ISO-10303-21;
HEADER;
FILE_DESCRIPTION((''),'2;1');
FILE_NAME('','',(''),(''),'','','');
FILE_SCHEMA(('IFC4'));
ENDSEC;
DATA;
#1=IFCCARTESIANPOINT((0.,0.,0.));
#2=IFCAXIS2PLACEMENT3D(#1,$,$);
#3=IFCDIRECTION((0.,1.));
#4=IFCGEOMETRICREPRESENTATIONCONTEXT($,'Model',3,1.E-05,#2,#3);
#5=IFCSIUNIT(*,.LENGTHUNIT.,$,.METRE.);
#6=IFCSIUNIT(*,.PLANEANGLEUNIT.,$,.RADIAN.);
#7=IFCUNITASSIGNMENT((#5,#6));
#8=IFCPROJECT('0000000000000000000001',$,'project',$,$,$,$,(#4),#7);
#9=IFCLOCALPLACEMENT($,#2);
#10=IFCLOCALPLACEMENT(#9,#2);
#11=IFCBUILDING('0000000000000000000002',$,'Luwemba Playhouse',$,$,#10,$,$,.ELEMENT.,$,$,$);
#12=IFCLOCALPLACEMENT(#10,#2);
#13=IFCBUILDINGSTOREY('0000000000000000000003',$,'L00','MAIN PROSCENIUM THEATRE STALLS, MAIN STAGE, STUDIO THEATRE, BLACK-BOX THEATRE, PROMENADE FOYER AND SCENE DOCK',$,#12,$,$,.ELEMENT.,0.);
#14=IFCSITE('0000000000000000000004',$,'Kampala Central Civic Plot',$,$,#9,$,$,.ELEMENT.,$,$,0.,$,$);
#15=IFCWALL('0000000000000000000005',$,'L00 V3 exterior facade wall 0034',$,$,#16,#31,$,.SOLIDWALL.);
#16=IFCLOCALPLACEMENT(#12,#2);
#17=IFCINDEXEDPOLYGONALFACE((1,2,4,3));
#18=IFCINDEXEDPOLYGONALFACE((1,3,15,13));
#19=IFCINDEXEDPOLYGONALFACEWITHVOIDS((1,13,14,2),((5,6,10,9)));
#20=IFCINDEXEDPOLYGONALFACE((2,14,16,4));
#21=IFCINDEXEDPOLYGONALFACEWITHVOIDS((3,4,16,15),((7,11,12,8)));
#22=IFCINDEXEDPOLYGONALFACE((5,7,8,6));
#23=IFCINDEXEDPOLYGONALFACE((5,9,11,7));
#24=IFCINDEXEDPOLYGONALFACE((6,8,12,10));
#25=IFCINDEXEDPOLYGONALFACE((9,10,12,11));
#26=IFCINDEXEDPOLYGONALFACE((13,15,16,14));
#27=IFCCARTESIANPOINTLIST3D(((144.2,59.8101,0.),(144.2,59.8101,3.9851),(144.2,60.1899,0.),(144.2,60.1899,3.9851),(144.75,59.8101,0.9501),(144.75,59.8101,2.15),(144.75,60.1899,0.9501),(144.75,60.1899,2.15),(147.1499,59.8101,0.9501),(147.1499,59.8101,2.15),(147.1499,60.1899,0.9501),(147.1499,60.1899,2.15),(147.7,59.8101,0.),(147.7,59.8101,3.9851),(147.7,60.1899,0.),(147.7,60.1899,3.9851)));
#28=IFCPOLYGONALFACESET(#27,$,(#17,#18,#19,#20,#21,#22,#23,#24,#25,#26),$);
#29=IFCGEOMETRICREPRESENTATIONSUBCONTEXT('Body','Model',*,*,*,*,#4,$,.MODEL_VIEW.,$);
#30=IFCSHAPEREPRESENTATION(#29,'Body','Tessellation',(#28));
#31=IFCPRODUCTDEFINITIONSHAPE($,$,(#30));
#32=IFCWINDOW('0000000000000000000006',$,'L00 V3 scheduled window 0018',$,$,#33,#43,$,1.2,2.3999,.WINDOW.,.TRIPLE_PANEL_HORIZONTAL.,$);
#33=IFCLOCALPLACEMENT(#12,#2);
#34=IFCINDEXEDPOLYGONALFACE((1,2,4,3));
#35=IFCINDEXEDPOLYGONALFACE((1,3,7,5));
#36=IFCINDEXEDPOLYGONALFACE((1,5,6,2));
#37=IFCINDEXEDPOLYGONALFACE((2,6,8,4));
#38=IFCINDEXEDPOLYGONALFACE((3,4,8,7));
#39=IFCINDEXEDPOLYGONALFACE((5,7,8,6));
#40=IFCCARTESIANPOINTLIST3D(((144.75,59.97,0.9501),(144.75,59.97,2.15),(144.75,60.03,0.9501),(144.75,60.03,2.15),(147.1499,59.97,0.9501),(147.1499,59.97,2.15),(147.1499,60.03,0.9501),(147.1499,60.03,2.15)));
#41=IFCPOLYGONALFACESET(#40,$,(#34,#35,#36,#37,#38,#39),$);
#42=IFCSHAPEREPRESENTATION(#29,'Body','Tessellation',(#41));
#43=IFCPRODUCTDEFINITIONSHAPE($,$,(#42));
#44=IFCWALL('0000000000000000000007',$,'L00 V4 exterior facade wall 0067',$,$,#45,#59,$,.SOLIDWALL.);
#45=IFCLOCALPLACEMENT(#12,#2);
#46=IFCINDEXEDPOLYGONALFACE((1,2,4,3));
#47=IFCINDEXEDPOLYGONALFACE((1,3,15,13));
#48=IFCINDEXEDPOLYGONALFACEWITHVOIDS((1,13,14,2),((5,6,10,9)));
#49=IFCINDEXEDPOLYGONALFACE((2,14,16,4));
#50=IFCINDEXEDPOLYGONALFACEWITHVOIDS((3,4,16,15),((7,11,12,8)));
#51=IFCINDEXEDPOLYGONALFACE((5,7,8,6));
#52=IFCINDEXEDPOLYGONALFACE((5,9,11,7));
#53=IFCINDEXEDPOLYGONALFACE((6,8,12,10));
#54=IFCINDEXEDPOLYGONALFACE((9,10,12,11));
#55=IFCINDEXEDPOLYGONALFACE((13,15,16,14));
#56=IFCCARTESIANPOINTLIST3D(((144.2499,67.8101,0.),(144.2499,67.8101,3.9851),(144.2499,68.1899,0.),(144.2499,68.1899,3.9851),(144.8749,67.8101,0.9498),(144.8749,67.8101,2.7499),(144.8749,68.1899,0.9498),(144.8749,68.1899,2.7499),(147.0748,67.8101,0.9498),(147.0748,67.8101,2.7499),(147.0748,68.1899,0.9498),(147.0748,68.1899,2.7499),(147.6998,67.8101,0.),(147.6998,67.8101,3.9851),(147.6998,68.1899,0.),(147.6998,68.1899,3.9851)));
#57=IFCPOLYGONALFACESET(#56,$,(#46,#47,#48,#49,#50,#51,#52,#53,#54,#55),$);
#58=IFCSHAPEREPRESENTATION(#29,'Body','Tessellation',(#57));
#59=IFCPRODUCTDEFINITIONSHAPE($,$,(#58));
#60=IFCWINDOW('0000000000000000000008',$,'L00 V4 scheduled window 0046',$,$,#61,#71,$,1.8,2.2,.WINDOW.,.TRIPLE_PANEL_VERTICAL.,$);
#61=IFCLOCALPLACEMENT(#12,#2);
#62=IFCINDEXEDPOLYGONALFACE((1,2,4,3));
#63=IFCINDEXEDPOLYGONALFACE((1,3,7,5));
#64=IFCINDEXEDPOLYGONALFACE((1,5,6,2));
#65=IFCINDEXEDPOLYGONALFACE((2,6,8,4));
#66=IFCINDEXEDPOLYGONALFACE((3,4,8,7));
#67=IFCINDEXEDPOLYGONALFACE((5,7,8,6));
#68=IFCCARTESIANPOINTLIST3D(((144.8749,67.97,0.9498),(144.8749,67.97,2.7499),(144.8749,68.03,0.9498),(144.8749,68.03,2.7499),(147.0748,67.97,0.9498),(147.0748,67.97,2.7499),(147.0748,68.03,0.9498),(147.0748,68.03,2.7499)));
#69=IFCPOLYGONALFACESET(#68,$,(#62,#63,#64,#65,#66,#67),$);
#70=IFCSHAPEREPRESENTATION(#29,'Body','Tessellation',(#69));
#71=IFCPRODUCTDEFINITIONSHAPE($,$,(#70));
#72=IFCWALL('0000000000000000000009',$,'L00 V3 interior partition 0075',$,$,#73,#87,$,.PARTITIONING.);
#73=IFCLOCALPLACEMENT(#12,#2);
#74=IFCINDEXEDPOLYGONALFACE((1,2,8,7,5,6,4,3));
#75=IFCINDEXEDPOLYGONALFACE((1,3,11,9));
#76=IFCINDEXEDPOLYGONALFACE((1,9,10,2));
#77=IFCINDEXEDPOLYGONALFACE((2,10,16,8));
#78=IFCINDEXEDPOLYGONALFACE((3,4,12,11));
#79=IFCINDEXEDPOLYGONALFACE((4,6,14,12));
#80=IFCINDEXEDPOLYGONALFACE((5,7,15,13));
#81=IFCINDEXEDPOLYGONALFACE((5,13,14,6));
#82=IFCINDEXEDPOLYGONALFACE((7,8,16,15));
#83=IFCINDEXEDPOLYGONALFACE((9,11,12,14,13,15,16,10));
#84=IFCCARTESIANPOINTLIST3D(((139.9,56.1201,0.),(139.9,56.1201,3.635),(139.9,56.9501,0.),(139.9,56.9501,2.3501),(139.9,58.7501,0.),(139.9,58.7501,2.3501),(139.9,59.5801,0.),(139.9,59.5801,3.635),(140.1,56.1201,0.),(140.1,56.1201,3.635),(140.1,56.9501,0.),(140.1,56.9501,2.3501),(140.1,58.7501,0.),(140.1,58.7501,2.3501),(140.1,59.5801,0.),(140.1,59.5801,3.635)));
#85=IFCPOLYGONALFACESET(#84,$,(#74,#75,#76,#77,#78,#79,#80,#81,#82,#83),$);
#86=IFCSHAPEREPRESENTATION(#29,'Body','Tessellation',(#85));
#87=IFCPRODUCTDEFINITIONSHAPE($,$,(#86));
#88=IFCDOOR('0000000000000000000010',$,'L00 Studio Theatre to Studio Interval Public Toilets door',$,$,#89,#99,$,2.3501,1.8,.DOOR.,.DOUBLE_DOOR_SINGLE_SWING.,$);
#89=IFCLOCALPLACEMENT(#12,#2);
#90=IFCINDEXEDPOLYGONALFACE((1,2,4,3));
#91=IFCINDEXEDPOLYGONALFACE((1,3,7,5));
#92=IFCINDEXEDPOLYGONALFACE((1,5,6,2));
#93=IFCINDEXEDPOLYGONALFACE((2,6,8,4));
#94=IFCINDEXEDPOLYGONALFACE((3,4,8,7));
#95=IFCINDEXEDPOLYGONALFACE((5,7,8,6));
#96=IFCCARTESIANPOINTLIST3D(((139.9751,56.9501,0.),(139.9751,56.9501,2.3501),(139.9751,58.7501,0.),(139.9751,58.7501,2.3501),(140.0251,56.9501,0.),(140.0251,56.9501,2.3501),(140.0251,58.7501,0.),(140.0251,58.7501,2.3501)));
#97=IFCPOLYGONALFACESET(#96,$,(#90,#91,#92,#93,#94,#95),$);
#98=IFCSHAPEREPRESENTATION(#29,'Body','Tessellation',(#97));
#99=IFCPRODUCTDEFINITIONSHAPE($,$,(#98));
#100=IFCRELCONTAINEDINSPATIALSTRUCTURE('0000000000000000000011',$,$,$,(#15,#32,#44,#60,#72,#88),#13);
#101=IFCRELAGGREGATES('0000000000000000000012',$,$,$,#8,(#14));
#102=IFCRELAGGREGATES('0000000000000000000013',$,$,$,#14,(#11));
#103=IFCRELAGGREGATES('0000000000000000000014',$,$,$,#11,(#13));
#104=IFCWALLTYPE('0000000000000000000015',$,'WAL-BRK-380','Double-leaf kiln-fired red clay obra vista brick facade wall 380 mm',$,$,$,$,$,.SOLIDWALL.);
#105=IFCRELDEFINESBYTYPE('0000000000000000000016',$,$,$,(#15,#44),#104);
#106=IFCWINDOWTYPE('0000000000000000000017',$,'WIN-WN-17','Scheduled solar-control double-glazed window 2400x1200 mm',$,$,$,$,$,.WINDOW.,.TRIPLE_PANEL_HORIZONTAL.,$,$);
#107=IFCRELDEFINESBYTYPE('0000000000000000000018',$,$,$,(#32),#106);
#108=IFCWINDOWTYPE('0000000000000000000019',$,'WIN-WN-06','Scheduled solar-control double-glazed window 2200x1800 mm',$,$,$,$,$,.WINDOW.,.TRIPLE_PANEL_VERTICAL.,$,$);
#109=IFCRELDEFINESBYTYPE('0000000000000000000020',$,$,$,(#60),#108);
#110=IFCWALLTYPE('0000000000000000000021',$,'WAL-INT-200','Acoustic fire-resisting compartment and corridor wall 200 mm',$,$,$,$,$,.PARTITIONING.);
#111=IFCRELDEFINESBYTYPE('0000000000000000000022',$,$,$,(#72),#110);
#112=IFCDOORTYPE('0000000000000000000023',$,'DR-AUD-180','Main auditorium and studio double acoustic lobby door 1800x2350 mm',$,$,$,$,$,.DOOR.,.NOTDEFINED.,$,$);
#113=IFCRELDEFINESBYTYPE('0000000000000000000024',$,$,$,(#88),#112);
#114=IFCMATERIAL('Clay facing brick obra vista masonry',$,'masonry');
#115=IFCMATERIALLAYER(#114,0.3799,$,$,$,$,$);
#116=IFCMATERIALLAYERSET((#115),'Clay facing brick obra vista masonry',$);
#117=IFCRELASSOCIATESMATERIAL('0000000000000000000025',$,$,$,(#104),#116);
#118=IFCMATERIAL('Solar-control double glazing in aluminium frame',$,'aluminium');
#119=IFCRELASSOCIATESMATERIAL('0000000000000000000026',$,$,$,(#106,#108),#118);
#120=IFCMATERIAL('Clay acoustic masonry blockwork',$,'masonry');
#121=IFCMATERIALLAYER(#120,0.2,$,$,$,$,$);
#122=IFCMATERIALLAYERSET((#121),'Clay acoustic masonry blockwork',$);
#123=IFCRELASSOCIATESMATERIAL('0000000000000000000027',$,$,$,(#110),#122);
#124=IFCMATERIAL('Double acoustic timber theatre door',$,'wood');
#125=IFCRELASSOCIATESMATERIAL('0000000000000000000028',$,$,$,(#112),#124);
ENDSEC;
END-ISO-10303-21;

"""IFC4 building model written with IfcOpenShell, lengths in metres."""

from ifc_helpers import new_model, si_unit, direction, frame, frame_2d, origin, place, context, subcontext, project, spatial, rectangle, extrude, material, layer, layer_set, type_object, element, fill, save


model = new_model("IFC4")

# Units and contexts
model_context = context("Model", 3, precision=1e-05, world=origin(), true_north=direction((0.0, 1.0)))
body_context = subcontext(model_context, "Body", "Model", "MODEL_VIEW")
ifc_project = project(units=[si_unit("LENGTHUNIT", "METRE"), si_unit("PLANEANGLEUNIT", "RADIAN")], contexts=[model_context])

# Site, building, storey
site_placement = place(None, origin())
site = spatial("IfcSite", under=ifc_project, at=site_placement, Name="Kampala Central Civic Plot", CompositionType="ELEMENT", RefElevation=0.0)
building_placement = place(site_placement, origin())
building = spatial("IfcBuilding", under=site, at=building_placement, Name="Luwemba Playhouse", CompositionType="ELEMENT")
storey_placement = place(building_placement, origin())
storey = spatial("IfcBuildingStorey", under=building, at=storey_placement, Name="L00", Description="MAIN PROSCENIUM THEATRE STALLS, MAIN STAGE, STUDIO THEATRE, BLACK-BOX THEATRE, PROMENADE FOYER AND SCENE DOCK", CompositionType="ELEMENT", Elevation=0.0)

# Walls, openings, windows
ifc_material_1 = material(Name="Clay facing brick obra vista masonry", Category="masonry")
ifc_layer_1 = layer(ifc_material_1, 0.3799)
ifc_layer_set_1 = layer_set([ifc_layer_1], Name="Clay facing brick obra vista masonry")
wall_type_1 = type_object("IfcWallType", Name="WAL-BRK-380", Description="Double-leaf kiln-fired red clay obra vista brick facade wall 380 mm", PredefinedType="SOLIDWALL", material=ifc_layer_set_1)
ifc_material_2 = material(Name="Solar-control double glazing in aluminium frame", Category="aluminium")
wall_1_placement = place(storey_placement, frame((144.2, 60.0, 0.0), z_axis=(0.0, 0.0, 1.0), x_axis=(1.0, 0.0, 0.0)))
wall_1 = element("IfcWall", 1, at=wall_1_placement, inside=storey, type_object=wall_type_1, Name="L00 V3 exterior facade wall 0034", PredefinedType="SOLIDWALL", context=body_context, shape_type="SweptSolid", body=[
    extrude(rectangle(XDim=3.5, YDim=0.3799, at=frame_2d((1.75, 0.0))), origin(), (0.0, 0.0, 1.0), 3.9851),
])
opening_1_placement = place(wall_1_placement, frame((0.55, 0.0, 0.95)))
opening_1 = element("IfcOpeningElement", 2, at=opening_1_placement, cuts=wall_1, PredefinedType="OPENING", context=body_context, shape_type="SweptSolid", body=[
    extrude(rectangle(XDim=2.3999, YDim=1.2, at=frame_2d((1.2, 0.6001))), frame((0.0, 0.2, 0.0), z_axis=(0.0, -1.0, 0.0), x_axis=(1.0, 0.0, 0.0)), (0.0, 0.0, 1.0), 0.3999),
])
window_type_1 = type_object("IfcWindowType", Name="WIN-WN-17", Description="Scheduled solar-control double-glazed window 2400x1200 mm", PartitioningType="TRIPLE_PANEL_HORIZONTAL", PredefinedType="WINDOW", material=ifc_material_2)
window_1_placement = place(opening_1_placement, origin())
window_1 = element("IfcWindow", 3, at=window_1_placement, inside=storey, type_object=window_type_1, Name="L00 V3 scheduled window 0018", OverallHeight=1.2, OverallWidth=2.3999, PartitioningType="TRIPLE_PANEL_HORIZONTAL", PredefinedType="WINDOW", context=body_context, shape_type="SweptSolid", body=[
    extrude(rectangle(XDim=2.3999, YDim=1.2, at=frame_2d((1.2, 0.6001))), frame((0.0, 0.03, 0.0), z_axis=(0.0, -1.0, 0.0), x_axis=(1.0, 0.0, 0.0)), (0.0, 0.0, 1.0), 0.0601),
])
fill(opening_1, window_1)
wall_2_placement = place(storey_placement, frame((147.7, 68.0, 0.0), z_axis=(0.0, 0.0, 1.0), x_axis=(-1.0, 0.0, 0.0)))
wall_2 = element("IfcWall", 4, at=wall_2_placement, inside=storey, type_object=wall_type_1, Name="L00 V4 exterior facade wall 0067", PredefinedType="SOLIDWALL", context=body_context, shape_type="SweptSolid", body=[
    extrude(rectangle(XDim=3.45, YDim=0.3799, at=frame_2d((1.7251, 0.0))), origin(), (0.0, 0.0, 1.0), 3.9851),
])
opening_2_placement = place(wall_2_placement, frame((0.625, 0.0, 0.95)))
opening_2 = element("IfcOpeningElement", 5, at=opening_2_placement, cuts=wall_2, PredefinedType="OPENING", context=body_context, shape_type="SweptSolid", body=[
    extrude(rectangle(XDim=2.2, YDim=1.8, at=frame_2d((1.1001, 0.8999))), frame((0.0, 0.2, 0.0), z_axis=(0.0, -1.0, 0.0), x_axis=(1.0, 0.0, 0.0)), (0.0, 0.0, 1.0), 0.3999),
])
window_type_2 = type_object("IfcWindowType", Name="WIN-WN-06", Description="Scheduled solar-control double-glazed window 2200x1800 mm", PartitioningType="TRIPLE_PANEL_VERTICAL", PredefinedType="WINDOW", material=ifc_material_2)
window_2_placement = place(opening_2_placement, origin())
window_2 = element("IfcWindow", 6, at=window_2_placement, inside=storey, type_object=window_type_2, Name="L00 V4 scheduled window 0046", OverallHeight=1.8, OverallWidth=2.2, PartitioningType="TRIPLE_PANEL_VERTICAL", PredefinedType="WINDOW", context=body_context, shape_type="SweptSolid", body=[
    extrude(rectangle(XDim=2.2, YDim=1.8, at=frame_2d((1.1001, 0.8999))), frame((0.0, 0.03, 0.0), z_axis=(0.0, -1.0, 0.0), x_axis=(1.0, 0.0, 0.0)), (0.0, 0.0, 1.0), 0.0601),
])
fill(opening_2, window_2)

# Wall, opening, door
ifc_material_3 = material(Name="Clay acoustic masonry blockwork", Category="masonry")
ifc_layer_2 = layer(ifc_material_3, 0.2)
ifc_layer_set_2 = layer_set([ifc_layer_2], Name="Clay acoustic masonry blockwork")
wall_type_2 = type_object("IfcWallType", Name="WAL-INT-200", Description="Acoustic fire-resisting compartment and corridor wall 200 mm", PredefinedType="PARTITIONING", material=ifc_layer_set_2)
wall_3_placement = place(storey_placement, frame((140.0, 56.1201, 0.0), z_axis=(0.0, 0.0, 1.0), x_axis=(0.0, 1.0, 0.0)))
wall_3 = element("IfcWall", 7, at=wall_3_placement, inside=storey, type_object=wall_type_2, Name="L00 V3 interior partition 0075", PredefinedType="PARTITIONING", context=body_context, shape_type="SweptSolid", body=[
    extrude(rectangle(XDim=3.46, YDim=0.2, at=frame_2d((1.73, 0.0))), origin(), (0.0, 0.0, 1.0), 3.635),
])
opening_3_placement = place(wall_3_placement, frame((0.8301, 0.0, 0.0)))
opening_3 = element("IfcOpeningElement", 8, at=opening_3_placement, cuts=wall_3, PredefinedType="OPENING", context=body_context, shape_type="SweptSolid", body=[
    extrude(rectangle(XDim=1.8, YDim=2.3501, at=frame_2d((0.8999, 1.175))), frame((0.0, 0.1099, 0.0), z_axis=(0.0, -1.0, 0.0), x_axis=(1.0, 0.0, 0.0)), (0.0, 0.0, 1.0), 0.22),
])
ifc_material_4 = material(Name="Double acoustic timber theatre door", Category="wood")
door_type = type_object("IfcDoorType", Name="DR-AUD-180", Description="Main auditorium and studio double acoustic lobby door 1800x2350 mm", OperationType="NOTDEFINED", PredefinedType="DOOR", material=ifc_material_4)
door_placement = place(opening_3_placement, origin())
door = element("IfcDoor", 9, at=door_placement, inside=storey, type_object=door_type, Name="L00 Studio Theatre to Studio Interval Public Toilets door", OperationType="DOUBLE_DOOR_SINGLE_SWING", OverallHeight=2.3501, OverallWidth=1.8, PredefinedType="DOOR", context=body_context, shape_type="SweptSolid", body=[
    extrude(rectangle(XDim=1.8, YDim=2.3501, at=frame_2d((0.8999, 1.175))), frame((0.0, 0.0249, 0.0), z_axis=(0.0, -1.0, 0.0), x_axis=(1.0, 0.0, 0.0)), (0.0, 0.0, 1.0), 0.05),
])
fill(opening_3, door)

save(model, "model.ifc")
